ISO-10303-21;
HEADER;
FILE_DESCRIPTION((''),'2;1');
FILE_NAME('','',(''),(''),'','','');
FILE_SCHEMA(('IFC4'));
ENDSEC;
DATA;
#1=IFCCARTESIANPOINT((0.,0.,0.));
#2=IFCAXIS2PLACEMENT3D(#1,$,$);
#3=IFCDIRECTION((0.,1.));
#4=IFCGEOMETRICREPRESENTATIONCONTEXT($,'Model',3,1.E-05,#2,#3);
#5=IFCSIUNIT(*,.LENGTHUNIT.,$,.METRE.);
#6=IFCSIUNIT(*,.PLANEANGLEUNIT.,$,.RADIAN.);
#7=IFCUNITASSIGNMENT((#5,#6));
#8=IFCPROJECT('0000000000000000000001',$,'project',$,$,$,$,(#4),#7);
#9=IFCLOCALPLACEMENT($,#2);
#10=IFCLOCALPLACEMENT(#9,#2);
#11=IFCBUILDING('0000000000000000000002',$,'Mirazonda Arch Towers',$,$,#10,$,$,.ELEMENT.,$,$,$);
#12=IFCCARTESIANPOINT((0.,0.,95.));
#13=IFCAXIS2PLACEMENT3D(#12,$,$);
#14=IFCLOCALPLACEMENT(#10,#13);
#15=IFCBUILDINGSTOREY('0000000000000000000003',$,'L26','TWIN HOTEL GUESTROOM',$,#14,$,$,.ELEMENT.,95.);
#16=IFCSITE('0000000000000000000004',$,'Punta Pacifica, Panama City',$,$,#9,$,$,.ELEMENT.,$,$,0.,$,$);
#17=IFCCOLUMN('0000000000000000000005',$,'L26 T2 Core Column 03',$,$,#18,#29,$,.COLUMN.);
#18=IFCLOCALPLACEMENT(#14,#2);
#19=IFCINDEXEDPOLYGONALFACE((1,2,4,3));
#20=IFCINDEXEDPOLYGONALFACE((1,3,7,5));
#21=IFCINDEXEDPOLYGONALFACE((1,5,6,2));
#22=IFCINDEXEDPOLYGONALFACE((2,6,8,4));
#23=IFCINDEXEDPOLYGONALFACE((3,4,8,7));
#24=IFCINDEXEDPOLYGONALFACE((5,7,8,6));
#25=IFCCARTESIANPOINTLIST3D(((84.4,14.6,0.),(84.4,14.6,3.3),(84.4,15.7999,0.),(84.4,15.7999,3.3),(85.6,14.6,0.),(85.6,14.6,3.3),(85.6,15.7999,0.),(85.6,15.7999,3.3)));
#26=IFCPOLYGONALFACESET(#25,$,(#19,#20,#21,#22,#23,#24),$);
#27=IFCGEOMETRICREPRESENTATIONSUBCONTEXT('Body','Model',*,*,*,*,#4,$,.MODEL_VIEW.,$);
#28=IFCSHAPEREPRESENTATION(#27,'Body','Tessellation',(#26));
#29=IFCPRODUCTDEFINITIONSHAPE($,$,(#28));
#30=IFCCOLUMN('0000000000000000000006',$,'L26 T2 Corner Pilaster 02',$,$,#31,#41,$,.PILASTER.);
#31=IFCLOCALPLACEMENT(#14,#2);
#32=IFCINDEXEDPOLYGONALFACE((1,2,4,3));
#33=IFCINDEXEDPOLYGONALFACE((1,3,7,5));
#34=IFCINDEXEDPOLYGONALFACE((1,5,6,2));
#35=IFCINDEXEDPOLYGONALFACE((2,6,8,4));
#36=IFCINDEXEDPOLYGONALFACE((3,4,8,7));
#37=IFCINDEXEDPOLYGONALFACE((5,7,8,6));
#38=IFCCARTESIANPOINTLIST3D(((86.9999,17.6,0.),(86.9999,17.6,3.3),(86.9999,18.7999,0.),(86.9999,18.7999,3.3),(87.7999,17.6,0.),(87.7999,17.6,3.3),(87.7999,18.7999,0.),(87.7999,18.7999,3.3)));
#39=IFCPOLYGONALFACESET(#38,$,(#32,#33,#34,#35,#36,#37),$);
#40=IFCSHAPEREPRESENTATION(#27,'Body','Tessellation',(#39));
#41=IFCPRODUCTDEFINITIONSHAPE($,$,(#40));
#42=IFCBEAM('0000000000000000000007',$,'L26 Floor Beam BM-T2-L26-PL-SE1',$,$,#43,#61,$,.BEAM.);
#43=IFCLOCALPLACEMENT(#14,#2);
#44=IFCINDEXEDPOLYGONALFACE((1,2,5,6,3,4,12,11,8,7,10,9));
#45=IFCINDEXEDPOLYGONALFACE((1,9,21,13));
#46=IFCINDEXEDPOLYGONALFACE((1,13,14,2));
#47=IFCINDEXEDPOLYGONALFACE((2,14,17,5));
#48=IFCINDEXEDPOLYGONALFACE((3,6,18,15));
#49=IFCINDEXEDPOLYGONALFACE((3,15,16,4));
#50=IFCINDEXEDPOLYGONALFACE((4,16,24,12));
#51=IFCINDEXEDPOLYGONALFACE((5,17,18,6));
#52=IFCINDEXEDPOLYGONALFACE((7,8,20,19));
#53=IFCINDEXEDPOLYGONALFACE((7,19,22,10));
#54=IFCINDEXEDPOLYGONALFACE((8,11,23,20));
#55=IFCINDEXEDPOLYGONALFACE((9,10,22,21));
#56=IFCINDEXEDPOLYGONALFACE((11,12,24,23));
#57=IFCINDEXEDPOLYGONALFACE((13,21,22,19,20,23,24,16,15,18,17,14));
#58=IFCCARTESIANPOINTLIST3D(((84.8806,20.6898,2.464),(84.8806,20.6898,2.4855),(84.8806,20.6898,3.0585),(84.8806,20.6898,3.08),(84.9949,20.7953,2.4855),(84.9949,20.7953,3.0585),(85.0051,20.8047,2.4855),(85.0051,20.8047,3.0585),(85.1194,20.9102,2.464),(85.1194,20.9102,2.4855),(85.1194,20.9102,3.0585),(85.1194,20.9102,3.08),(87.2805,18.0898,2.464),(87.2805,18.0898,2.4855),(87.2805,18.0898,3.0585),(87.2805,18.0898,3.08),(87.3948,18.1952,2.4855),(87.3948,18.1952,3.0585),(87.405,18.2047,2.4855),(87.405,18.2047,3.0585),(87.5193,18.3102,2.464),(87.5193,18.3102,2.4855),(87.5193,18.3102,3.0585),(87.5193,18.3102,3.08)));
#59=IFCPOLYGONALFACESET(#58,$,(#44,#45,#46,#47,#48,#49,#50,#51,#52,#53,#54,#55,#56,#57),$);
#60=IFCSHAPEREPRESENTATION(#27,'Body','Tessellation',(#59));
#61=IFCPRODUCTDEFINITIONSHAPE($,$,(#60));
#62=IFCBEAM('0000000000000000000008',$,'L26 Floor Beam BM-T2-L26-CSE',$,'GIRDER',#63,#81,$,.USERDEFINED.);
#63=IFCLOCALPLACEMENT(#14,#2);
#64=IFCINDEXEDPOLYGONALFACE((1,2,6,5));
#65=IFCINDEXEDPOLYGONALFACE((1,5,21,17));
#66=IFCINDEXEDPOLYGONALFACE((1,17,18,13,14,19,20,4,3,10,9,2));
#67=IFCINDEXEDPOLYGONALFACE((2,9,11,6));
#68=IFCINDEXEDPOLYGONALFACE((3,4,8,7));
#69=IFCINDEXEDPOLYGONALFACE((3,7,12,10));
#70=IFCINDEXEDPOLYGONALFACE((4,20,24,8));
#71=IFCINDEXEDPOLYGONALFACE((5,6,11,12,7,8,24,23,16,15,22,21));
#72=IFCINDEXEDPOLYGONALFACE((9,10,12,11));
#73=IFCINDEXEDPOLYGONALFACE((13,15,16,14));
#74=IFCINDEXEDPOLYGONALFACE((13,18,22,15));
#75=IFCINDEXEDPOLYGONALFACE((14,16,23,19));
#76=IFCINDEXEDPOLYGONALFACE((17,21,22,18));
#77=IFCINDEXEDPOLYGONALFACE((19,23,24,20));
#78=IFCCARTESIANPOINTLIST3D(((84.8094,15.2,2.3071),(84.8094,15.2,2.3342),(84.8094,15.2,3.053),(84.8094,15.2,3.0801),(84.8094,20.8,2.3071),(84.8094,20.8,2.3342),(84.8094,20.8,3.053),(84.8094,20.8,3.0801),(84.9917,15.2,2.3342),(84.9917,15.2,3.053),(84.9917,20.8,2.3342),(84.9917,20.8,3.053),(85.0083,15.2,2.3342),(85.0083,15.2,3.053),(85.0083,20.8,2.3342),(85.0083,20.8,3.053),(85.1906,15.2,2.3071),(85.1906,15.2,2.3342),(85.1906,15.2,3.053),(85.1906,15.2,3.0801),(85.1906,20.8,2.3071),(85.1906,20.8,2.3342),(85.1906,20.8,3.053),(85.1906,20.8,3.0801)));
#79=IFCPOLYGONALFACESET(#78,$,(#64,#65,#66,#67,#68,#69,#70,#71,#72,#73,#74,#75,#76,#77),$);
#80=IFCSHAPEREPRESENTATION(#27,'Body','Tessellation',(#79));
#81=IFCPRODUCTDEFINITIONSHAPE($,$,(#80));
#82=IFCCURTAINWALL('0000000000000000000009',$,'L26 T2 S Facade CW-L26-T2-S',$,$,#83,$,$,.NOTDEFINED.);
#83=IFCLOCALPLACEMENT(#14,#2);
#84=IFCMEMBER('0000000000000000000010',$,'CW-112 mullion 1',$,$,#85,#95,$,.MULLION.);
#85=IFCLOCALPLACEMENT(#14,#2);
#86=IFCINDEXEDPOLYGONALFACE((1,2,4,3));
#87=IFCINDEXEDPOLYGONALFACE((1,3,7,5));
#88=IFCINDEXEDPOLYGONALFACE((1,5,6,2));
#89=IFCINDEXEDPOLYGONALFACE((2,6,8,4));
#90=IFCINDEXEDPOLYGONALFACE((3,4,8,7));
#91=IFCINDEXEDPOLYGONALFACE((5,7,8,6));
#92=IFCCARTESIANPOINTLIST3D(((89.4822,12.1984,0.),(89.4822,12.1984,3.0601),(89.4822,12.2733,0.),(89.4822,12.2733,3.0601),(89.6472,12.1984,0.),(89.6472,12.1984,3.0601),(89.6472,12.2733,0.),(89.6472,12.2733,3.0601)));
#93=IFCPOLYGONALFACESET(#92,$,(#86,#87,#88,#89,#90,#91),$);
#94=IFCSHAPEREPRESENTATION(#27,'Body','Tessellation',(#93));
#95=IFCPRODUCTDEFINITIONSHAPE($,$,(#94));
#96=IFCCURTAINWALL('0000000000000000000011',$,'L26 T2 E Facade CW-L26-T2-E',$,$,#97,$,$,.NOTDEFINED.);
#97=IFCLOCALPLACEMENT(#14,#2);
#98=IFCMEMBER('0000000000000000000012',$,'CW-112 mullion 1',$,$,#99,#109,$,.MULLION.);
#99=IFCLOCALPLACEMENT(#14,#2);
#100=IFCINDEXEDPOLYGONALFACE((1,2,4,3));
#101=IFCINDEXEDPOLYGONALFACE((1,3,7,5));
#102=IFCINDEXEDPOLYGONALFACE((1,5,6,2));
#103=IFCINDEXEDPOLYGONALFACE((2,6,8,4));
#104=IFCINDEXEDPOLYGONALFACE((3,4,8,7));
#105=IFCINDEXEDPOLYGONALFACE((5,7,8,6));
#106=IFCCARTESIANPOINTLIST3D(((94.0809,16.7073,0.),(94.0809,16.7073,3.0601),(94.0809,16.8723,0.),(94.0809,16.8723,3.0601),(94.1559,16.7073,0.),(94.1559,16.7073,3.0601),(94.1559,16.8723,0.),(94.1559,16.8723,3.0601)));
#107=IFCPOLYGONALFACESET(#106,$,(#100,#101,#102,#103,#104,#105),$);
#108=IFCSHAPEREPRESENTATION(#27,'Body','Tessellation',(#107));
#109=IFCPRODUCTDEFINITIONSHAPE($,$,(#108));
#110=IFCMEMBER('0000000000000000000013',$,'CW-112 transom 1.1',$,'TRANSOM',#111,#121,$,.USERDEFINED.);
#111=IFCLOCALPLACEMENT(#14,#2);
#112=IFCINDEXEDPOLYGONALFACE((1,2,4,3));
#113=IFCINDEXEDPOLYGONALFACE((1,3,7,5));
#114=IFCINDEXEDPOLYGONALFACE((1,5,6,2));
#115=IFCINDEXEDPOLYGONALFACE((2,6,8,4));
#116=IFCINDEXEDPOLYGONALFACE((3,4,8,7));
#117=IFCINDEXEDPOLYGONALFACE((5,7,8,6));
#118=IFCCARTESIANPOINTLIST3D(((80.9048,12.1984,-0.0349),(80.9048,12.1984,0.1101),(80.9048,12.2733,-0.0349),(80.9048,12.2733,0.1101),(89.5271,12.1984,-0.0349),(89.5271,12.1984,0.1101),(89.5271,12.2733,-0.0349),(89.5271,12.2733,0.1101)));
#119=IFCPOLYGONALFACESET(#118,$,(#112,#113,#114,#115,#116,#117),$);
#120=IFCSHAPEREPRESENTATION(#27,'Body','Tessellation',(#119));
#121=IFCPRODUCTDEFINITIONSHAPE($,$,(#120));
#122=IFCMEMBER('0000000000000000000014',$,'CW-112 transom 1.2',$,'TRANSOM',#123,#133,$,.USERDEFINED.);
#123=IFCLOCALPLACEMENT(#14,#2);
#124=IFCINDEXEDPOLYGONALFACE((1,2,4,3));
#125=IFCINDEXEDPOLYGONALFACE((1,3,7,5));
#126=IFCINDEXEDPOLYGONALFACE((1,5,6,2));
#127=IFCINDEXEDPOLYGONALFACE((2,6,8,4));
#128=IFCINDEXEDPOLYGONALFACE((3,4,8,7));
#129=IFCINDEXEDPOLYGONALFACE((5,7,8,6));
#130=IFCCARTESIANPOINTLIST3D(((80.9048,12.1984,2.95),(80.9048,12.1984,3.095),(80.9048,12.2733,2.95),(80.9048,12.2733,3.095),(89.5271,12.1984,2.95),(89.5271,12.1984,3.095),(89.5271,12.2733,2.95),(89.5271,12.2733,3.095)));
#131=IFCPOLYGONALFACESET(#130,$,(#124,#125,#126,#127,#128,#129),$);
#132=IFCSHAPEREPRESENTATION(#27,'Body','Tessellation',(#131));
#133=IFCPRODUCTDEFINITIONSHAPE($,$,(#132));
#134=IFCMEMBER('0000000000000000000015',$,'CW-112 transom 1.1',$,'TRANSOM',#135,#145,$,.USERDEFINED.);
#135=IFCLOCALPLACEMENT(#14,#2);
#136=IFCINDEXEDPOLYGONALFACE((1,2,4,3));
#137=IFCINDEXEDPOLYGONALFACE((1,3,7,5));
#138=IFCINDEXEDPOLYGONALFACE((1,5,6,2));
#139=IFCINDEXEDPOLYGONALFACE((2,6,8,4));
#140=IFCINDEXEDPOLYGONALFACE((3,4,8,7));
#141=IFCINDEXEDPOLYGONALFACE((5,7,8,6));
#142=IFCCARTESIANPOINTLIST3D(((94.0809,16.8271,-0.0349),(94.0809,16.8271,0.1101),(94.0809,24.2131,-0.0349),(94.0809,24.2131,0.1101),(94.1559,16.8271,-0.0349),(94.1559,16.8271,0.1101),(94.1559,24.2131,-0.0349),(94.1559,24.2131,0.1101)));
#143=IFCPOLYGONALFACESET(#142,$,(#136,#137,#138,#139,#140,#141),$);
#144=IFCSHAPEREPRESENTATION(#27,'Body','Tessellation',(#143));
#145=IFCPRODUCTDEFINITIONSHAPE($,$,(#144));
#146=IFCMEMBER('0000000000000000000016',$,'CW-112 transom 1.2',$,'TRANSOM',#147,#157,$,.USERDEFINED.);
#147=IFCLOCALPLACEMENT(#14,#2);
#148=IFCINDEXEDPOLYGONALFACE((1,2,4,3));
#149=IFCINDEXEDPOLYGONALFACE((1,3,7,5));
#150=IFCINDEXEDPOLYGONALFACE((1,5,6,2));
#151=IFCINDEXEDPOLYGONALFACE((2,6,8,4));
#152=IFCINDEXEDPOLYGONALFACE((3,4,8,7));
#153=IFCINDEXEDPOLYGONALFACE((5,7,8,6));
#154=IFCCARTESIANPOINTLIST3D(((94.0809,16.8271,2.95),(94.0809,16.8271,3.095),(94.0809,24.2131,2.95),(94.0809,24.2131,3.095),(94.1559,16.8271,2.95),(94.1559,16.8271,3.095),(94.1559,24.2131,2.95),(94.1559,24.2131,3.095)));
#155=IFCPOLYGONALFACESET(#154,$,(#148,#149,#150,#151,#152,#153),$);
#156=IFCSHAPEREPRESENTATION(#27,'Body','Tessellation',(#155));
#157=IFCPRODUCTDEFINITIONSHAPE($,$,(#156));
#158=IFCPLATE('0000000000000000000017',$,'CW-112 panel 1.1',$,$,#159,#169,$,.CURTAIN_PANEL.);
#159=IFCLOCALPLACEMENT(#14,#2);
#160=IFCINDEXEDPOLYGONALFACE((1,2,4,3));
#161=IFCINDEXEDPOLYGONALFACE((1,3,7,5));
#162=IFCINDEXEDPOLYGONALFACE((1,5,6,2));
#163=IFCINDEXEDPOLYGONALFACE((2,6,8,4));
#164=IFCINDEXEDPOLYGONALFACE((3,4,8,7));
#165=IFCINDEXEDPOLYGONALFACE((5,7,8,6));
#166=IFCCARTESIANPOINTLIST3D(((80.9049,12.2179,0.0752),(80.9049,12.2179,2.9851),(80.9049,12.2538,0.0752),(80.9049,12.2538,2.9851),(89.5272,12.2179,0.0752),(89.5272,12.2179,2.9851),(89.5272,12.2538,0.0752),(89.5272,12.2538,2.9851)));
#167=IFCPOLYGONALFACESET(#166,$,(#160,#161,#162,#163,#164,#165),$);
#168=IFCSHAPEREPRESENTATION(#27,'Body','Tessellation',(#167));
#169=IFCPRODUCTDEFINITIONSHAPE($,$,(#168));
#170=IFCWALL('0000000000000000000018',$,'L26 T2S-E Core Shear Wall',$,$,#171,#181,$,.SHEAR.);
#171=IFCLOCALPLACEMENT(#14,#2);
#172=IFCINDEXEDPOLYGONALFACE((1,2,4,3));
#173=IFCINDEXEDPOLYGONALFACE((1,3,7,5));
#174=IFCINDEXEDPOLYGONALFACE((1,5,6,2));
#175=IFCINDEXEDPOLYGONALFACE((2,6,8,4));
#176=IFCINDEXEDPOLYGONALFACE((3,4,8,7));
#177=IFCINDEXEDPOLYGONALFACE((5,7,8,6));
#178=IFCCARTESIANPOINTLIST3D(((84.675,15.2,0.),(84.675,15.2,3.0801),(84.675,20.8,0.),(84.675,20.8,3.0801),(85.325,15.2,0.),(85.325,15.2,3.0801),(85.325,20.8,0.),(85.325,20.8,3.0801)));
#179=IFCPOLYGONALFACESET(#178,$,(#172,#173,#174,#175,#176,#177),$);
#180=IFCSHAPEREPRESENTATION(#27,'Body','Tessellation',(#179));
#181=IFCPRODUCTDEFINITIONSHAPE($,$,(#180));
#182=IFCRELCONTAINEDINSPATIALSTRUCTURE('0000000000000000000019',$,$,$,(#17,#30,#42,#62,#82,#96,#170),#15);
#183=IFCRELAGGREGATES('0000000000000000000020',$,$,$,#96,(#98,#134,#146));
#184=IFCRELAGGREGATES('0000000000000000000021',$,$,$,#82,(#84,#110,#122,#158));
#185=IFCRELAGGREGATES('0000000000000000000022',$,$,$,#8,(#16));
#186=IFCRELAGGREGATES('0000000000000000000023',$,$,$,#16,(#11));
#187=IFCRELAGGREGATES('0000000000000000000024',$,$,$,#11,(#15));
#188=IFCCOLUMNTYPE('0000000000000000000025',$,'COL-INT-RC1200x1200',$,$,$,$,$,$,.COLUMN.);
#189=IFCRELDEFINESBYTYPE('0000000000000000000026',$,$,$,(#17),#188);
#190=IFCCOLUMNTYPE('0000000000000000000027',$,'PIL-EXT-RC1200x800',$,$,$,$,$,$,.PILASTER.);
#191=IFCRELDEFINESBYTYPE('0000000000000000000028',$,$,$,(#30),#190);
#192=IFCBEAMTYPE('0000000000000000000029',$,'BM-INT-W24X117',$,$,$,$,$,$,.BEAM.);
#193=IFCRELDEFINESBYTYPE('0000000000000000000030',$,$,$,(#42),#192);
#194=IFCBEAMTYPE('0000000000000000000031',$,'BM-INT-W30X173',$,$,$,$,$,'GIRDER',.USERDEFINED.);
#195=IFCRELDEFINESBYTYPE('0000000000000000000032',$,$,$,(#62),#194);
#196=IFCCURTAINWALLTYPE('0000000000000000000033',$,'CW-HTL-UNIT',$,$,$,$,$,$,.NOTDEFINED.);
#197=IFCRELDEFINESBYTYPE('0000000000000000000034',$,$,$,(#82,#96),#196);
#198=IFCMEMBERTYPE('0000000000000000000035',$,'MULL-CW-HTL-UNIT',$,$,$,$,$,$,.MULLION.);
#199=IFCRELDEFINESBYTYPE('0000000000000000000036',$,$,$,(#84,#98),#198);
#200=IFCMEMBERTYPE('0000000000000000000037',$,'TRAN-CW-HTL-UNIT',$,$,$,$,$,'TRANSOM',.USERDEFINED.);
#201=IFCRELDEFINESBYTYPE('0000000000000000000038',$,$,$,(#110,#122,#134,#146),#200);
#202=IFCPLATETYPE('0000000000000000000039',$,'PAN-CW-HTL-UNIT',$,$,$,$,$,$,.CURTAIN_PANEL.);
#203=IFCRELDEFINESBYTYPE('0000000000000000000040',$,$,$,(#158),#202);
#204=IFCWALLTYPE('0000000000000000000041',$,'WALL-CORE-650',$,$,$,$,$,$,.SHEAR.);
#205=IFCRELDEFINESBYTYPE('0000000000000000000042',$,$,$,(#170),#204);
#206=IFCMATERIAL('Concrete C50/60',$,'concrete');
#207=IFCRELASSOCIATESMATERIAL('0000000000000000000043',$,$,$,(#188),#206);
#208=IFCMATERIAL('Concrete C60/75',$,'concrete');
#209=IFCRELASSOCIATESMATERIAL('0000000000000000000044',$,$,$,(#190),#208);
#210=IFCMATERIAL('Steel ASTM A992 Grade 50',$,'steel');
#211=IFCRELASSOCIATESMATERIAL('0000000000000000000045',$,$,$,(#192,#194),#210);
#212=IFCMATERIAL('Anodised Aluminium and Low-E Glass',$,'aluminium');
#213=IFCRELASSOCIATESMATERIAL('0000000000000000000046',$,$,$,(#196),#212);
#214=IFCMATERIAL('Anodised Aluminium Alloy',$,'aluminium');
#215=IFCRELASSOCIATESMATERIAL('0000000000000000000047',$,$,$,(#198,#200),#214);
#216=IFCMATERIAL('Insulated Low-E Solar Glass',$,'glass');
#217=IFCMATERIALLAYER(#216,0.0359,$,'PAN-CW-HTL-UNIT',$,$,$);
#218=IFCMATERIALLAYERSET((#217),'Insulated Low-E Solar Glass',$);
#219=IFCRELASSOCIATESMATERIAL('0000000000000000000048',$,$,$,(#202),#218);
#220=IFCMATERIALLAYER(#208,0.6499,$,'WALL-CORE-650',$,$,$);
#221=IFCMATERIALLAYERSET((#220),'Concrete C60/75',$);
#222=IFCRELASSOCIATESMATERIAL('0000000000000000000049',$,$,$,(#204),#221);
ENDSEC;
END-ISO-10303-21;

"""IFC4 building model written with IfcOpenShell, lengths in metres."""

from ifc_helpers import new_model, si_unit, direction, frame, frame_2d, origin, origin_2d, place, context, subcontext, project, spatial, rectangle, i_section, extrude, material, layer, layer_set, material_profile, profile_set, type_object, element, aggregate, save


model = new_model("IFC4")

# Units and contexts
model_context = context("Model", 3, precision=1e-05, world=origin(), true_north=direction((0.0, 1.0)))
body_context = subcontext(model_context, "Body", "Model", "MODEL_VIEW")
ifc_project = project(units=[si_unit("LENGTHUNIT", "METRE"), si_unit("PLANEANGLEUNIT", "RADIAN")], contexts=[model_context])

# Site, building, storey
site_placement = place(None, origin())
site = spatial("IfcSite", under=ifc_project, at=site_placement, Name="Punta Pacifica, Panama City", CompositionType="ELEMENT", RefElevation=0.0)
building_placement = place(site_placement, origin())
building = spatial("IfcBuilding", under=site, at=building_placement, Name="Mirazonda Arch Towers", CompositionType="ELEMENT")
storey_placement = place(building_placement, frame((0.0, 0.0, 95.0)))
storey = spatial("IfcBuildingStorey", under=building, at=storey_placement, Name="L26", Description="TWIN HOTEL GUESTROOM", CompositionType="ELEMENT", Elevation=95.0)

# Columns
ifc_material_1 = material(Name="Concrete C50/60", Category="concrete")
ifc_material_profile_1 = material_profile(ifc_material_1, rectangle(XDim=1.2, YDim=1.2, at=origin_2d()), Name="RC1200x1200")
ifc_profile_set_1 = profile_set([ifc_material_profile_1], Name="Concrete C50/60")
column_type_1 = type_object("IfcColumnType", Name="COL-INT-RC1200x1200", PredefinedType="COLUMN", material=ifc_profile_set_1)
column_1_placement = place(storey_placement, frame((85.0, 15.2, 0.0), z_axis=(0.0, 0.0, 1.0), x_axis=(1.0, 0.0, 0.0)))
element("IfcColumn", 1, at=column_1_placement, inside=storey, type_object=column_type_1, Name="L26 T2 Core Column 03", PredefinedType="COLUMN", context=body_context, shape_type="SweptSolid", body=[
    extrude(rectangle(XDim=1.2, YDim=1.2, at=origin_2d()), origin(), (0.0, 0.0, 1.0), 3.3),
])
ifc_material_2 = material(Name="Concrete C60/75", Category="concrete")
ifc_material_profile_2 = material_profile(ifc_material_2, rectangle(XDim=0.8, YDim=1.2, at=origin_2d()), Name="RC1200x800")
ifc_profile_set_2 = profile_set([ifc_material_profile_2], Name="Concrete C60/75")
column_type_2 = type_object("IfcColumnType", Name="PIL-EXT-RC1200x800", PredefinedType="PILASTER", material=ifc_profile_set_2)
column_2_placement = place(storey_placement, frame((87.3999, 18.2, 0.0), z_axis=(0.0, 0.0, 1.0), x_axis=(1.0, 0.0, 0.0)))
element("IfcColumn", 2, at=column_2_placement, inside=storey, type_object=column_type_2, Name="L26 T2 Corner Pilaster 02", PredefinedType="PILASTER", context=body_context, shape_type="SweptSolid", body=[
    extrude(rectangle(XDim=0.8, YDim=1.2, at=origin_2d()), origin(), (0.0, 0.0, 1.0), 3.3),
])

# Beams
ifc_material_3 = material(Name="Steel ASTM A992 Grade 50", Category="steel")
ifc_material_profile_3 = material_profile(ifc_material_3, i_section(OverallWidth=0.325, OverallDepth=0.616, WebThickness=0.0139, FlangeThickness=0.0215, at=origin_2d()), Name="W24X117")
ifc_profile_set_3 = profile_set([ifc_material_profile_3], Name="Steel ASTM A992 Grade 50")
beam_type_1 = type_object("IfcBeamType", Name="BM-INT-W24X117", PredefinedType="BEAM", material=ifc_profile_set_3)
beam_1_placement = place(storey_placement, frame((87.3999, 18.2, 2.772), z_axis=(-0.678251, 0.73483, 0.0), x_axis=(-0.73483, -0.678251, 0.0)))
element("IfcBeam", 3, at=beam_1_placement, inside=storey, type_object=beam_type_1, Name="L26 Floor Beam BM-T2-L26-PL-SE1", PredefinedType="BEAM", context=body_context, shape_type="SweptSolid", body=[
    extrude(i_section(OverallWidth=0.325, OverallDepth=0.616, WebThickness=0.0139, FlangeThickness=0.0215, at=origin_2d()), origin(), (0.0, 0.0, 1.0), 3.5383),
])
ifc_material_profile_4 = material_profile(ifc_material_3, i_section(OverallWidth=0.3811, OverallDepth=0.7729, WebThickness=0.0166, FlangeThickness=0.0271, at=origin_2d()), Name="W30X173")
ifc_profile_set_4 = profile_set([ifc_material_profile_4], Name="Steel ASTM A992 Grade 50")
beam_type_2 = type_object("IfcBeamType", Name="BM-INT-W30X173", ElementType="GIRDER", PredefinedType="USERDEFINED", material=ifc_profile_set_4)
beam_2_placement = place(storey_placement, frame((85.0, 15.2, 2.6936), z_axis=(0.0, 1.0, 0.0), x_axis=(-1.0, 0.0, 0.0)))
element("IfcBeam", 4, at=beam_2_placement, inside=storey, type_object=beam_type_2, Name="L26 Floor Beam BM-T2-L26-CSE", ObjectType="GIRDER", PredefinedType="USERDEFINED", context=body_context, shape_type="SweptSolid", body=[
    extrude(i_section(OverallWidth=0.3811, OverallDepth=0.7729, WebThickness=0.0166, FlangeThickness=0.0271, at=origin_2d()), origin(), (0.0, 0.0, 1.0), 5.6001),
])

# Curtain walls, members
ifc_material_4 = material(Name="Anodised Aluminium and Low-E Glass", Category="aluminium")
curtain_wall_type = type_object("IfcCurtainWallType", Name="CW-HTL-UNIT", PredefinedType="NOTDEFINED", material=ifc_material_4)
curtain_wall_1_placement = place(storey_placement, origin())
curtain_wall_1 = element("IfcCurtainWall", 5, at=curtain_wall_1_placement, inside=storey, type_object=curtain_wall_type, Name="L26 T2 S Facade CW-L26-T2-S", PredefinedType="NOTDEFINED")
ifc_material_5 = material(Name="Anodised Aluminium Alloy", Category="aluminium")
ifc_material_profile_5 = material_profile(ifc_material_5, rectangle(XDim=0.075, YDim=0.165, at=origin_2d()), Name="ALU-MULL-75x165")
ifc_profile_set_5 = profile_set([ifc_material_profile_5], Name="Anodised Aluminium Alloy")
member_type_1 = type_object("IfcMemberType", Name="MULL-CW-HTL-UNIT", PredefinedType="MULLION", material=ifc_profile_set_5)
member_1_placement = place(storey_placement, frame((89.5647, 12.2358, 0.0), z_axis=(0.0, 0.0, 1.0), x_axis=(0.0, -1.0, 0.0)))
member_1 = element("IfcMember", 6, at=member_1_placement, type_object=member_type_1, Name="CW-112 mullion 1", PredefinedType="MULLION", context=body_context, shape_type="SweptSolid", body=[
    extrude(rectangle(XDim=0.075, YDim=0.165, at=origin_2d()), origin(), (0.0, 0.0, 1.0), 3.0601),
])
curtain_wall_2_placement = place(storey_placement, origin())
curtain_wall_2 = element("IfcCurtainWall", 7, at=curtain_wall_2_placement, inside=storey, type_object=curtain_wall_type, Name="L26 T2 E Facade CW-L26-T2-E", PredefinedType="NOTDEFINED")
member_2_placement = place(storey_placement, frame((94.1184, 16.7898, 0.0), z_axis=(0.0, 0.0, 1.0), x_axis=(-1.0, 0.0, 0.0)))
member_2 = element("IfcMember", 8, at=member_2_placement, type_object=member_type_1, Name="CW-112 mullion 1", PredefinedType="MULLION", context=body_context, shape_type="SweptSolid", body=[
    extrude(rectangle(XDim=0.075, YDim=0.165, at=origin_2d()), origin(), (0.0, 0.0, 1.0), 3.0601),
])

# Members
ifc_material_profile_6 = material_profile(ifc_material_5, rectangle(XDim=0.075, YDim=0.145, at=origin_2d()), Name="ALU-TRAN-75x145")
ifc_profile_set_6 = profile_set([ifc_material_profile_6], Name="Anodised Aluminium Alloy")
member_type_2 = type_object("IfcMemberType", Name="TRAN-CW-HTL-UNIT", ElementType="TRANSOM", PredefinedType="USERDEFINED", material=ifc_profile_set_6)
member_3_placement = place(storey_placement, frame((89.5271, 12.2358, 0.0376), z_axis=(-1.0, 0.0, 0.0), x_axis=(0.0, -1.0, 0.0)))
member_3 = element("IfcMember", 9, at=member_3_placement, type_object=member_type_2, Name="CW-112 transom 1.1", ObjectType="TRANSOM", PredefinedType="USERDEFINED", context=body_context, shape_type="SweptSolid", body=[
    extrude(rectangle(XDim=0.075, YDim=0.145, at=origin_2d()), origin(), (0.0, 0.0, 1.0), 8.6223),
])
member_4_placement = place(storey_placement, frame((89.5271, 12.2358, 3.0225), z_axis=(-1.0, 0.0, 0.0), x_axis=(0.0, -1.0, 0.0)))
member_4 = element("IfcMember", 10, at=member_4_placement, type_object=member_type_2, Name="CW-112 transom 1.2", ObjectType="TRANSOM", PredefinedType="USERDEFINED", context=body_context, shape_type="SweptSolid", body=[
    extrude(rectangle(XDim=0.075, YDim=0.145, at=origin_2d()), origin(), (0.0, 0.0, 1.0), 8.6223),
])
member_5_placement = place(storey_placement, frame((94.1184, 16.8271, 0.0376), z_axis=(0.0, 1.0, 0.0), x_axis=(-1.0, 0.0, 0.0)))
member_5 = element("IfcMember", 11, at=member_5_placement, type_object=member_type_2, Name="CW-112 transom 1.1", ObjectType="TRANSOM", PredefinedType="USERDEFINED", context=body_context, shape_type="SweptSolid", body=[
    extrude(rectangle(XDim=0.075, YDim=0.145, at=origin_2d()), origin(), (0.0, 0.0, 1.0), 7.386),
])
member_6_placement = place(storey_placement, frame((94.1184, 16.8271, 3.0225), z_axis=(0.0, 1.0, 0.0), x_axis=(-1.0, 0.0, 0.0)))
member_6 = element("IfcMember", 12, at=member_6_placement, type_object=member_type_2, Name="CW-112 transom 1.2", ObjectType="TRANSOM", PredefinedType="USERDEFINED", context=body_context, shape_type="SweptSolid", body=[
    extrude(rectangle(XDim=0.075, YDim=0.145, at=origin_2d()), origin(), (0.0, 0.0, 1.0), 7.386),
])
aggregate(curtain_wall_2, [member_2, member_5, member_6])

# Plate
ifc_material_6 = material(Name="Insulated Low-E Solar Glass", Category="glass")
ifc_layer_1 = layer(ifc_material_6, 0.0359, Name="PAN-CW-HTL-UNIT")
ifc_layer_set_1 = layer_set([ifc_layer_1], Name="Insulated Low-E Solar Glass")
plate_type = type_object("IfcPlateType", Name="PAN-CW-HTL-UNIT", PredefinedType="CURTAIN_PANEL", material=ifc_layer_set_1)
plate_placement = place(storey_placement, frame((85.2161, 12.2358, 0.0752), z_axis=(0.0, 0.0, 1.0), x_axis=(-1.0, 0.0, 0.0)))
plate = element("IfcPlate", 13, at=plate_placement, type_object=plate_type, Name="CW-112 panel 1.1", PredefinedType="CURTAIN_PANEL", context=body_context, shape_type="SweptSolid", body=[
    extrude(rectangle(XDim=8.6223, YDim=0.0359, at=origin_2d()), origin(), (0.0, 0.0, 1.0), 2.9099),
])
aggregate(curtain_wall_1, [member_1, member_3, member_4, plate])

# Wall
ifc_layer_2 = layer(ifc_material_2, 0.6499, Name="WALL-CORE-650")
ifc_layer_set_2 = layer_set([ifc_layer_2], Name="Concrete C60/75")
wall_type_1 = type_object("IfcWallType", Name="WALL-CORE-650", PredefinedType="SHEAR", material=ifc_layer_set_2)
wall_1_placement = place(storey_placement, frame((85.0, 15.2, 0.0), z_axis=(0.0, 0.0, 1.0), x_axis=(0.0, 1.0, 0.0)))
element("IfcWall", 14, at=wall_1_placement, inside=storey, type_object=wall_type_1, Name="L26 T2S-E Core Shear Wall", PredefinedType="SHEAR", context=body_context, shape_type="SweptSolid", body=[
    extrude(rectangle(XDim=5.6001, YDim=0.6499, at=frame_2d((2.8, 0.0))), origin(), (0.0, 0.0, 1.0), 3.0801),
])

save(model, "model.ifc")
